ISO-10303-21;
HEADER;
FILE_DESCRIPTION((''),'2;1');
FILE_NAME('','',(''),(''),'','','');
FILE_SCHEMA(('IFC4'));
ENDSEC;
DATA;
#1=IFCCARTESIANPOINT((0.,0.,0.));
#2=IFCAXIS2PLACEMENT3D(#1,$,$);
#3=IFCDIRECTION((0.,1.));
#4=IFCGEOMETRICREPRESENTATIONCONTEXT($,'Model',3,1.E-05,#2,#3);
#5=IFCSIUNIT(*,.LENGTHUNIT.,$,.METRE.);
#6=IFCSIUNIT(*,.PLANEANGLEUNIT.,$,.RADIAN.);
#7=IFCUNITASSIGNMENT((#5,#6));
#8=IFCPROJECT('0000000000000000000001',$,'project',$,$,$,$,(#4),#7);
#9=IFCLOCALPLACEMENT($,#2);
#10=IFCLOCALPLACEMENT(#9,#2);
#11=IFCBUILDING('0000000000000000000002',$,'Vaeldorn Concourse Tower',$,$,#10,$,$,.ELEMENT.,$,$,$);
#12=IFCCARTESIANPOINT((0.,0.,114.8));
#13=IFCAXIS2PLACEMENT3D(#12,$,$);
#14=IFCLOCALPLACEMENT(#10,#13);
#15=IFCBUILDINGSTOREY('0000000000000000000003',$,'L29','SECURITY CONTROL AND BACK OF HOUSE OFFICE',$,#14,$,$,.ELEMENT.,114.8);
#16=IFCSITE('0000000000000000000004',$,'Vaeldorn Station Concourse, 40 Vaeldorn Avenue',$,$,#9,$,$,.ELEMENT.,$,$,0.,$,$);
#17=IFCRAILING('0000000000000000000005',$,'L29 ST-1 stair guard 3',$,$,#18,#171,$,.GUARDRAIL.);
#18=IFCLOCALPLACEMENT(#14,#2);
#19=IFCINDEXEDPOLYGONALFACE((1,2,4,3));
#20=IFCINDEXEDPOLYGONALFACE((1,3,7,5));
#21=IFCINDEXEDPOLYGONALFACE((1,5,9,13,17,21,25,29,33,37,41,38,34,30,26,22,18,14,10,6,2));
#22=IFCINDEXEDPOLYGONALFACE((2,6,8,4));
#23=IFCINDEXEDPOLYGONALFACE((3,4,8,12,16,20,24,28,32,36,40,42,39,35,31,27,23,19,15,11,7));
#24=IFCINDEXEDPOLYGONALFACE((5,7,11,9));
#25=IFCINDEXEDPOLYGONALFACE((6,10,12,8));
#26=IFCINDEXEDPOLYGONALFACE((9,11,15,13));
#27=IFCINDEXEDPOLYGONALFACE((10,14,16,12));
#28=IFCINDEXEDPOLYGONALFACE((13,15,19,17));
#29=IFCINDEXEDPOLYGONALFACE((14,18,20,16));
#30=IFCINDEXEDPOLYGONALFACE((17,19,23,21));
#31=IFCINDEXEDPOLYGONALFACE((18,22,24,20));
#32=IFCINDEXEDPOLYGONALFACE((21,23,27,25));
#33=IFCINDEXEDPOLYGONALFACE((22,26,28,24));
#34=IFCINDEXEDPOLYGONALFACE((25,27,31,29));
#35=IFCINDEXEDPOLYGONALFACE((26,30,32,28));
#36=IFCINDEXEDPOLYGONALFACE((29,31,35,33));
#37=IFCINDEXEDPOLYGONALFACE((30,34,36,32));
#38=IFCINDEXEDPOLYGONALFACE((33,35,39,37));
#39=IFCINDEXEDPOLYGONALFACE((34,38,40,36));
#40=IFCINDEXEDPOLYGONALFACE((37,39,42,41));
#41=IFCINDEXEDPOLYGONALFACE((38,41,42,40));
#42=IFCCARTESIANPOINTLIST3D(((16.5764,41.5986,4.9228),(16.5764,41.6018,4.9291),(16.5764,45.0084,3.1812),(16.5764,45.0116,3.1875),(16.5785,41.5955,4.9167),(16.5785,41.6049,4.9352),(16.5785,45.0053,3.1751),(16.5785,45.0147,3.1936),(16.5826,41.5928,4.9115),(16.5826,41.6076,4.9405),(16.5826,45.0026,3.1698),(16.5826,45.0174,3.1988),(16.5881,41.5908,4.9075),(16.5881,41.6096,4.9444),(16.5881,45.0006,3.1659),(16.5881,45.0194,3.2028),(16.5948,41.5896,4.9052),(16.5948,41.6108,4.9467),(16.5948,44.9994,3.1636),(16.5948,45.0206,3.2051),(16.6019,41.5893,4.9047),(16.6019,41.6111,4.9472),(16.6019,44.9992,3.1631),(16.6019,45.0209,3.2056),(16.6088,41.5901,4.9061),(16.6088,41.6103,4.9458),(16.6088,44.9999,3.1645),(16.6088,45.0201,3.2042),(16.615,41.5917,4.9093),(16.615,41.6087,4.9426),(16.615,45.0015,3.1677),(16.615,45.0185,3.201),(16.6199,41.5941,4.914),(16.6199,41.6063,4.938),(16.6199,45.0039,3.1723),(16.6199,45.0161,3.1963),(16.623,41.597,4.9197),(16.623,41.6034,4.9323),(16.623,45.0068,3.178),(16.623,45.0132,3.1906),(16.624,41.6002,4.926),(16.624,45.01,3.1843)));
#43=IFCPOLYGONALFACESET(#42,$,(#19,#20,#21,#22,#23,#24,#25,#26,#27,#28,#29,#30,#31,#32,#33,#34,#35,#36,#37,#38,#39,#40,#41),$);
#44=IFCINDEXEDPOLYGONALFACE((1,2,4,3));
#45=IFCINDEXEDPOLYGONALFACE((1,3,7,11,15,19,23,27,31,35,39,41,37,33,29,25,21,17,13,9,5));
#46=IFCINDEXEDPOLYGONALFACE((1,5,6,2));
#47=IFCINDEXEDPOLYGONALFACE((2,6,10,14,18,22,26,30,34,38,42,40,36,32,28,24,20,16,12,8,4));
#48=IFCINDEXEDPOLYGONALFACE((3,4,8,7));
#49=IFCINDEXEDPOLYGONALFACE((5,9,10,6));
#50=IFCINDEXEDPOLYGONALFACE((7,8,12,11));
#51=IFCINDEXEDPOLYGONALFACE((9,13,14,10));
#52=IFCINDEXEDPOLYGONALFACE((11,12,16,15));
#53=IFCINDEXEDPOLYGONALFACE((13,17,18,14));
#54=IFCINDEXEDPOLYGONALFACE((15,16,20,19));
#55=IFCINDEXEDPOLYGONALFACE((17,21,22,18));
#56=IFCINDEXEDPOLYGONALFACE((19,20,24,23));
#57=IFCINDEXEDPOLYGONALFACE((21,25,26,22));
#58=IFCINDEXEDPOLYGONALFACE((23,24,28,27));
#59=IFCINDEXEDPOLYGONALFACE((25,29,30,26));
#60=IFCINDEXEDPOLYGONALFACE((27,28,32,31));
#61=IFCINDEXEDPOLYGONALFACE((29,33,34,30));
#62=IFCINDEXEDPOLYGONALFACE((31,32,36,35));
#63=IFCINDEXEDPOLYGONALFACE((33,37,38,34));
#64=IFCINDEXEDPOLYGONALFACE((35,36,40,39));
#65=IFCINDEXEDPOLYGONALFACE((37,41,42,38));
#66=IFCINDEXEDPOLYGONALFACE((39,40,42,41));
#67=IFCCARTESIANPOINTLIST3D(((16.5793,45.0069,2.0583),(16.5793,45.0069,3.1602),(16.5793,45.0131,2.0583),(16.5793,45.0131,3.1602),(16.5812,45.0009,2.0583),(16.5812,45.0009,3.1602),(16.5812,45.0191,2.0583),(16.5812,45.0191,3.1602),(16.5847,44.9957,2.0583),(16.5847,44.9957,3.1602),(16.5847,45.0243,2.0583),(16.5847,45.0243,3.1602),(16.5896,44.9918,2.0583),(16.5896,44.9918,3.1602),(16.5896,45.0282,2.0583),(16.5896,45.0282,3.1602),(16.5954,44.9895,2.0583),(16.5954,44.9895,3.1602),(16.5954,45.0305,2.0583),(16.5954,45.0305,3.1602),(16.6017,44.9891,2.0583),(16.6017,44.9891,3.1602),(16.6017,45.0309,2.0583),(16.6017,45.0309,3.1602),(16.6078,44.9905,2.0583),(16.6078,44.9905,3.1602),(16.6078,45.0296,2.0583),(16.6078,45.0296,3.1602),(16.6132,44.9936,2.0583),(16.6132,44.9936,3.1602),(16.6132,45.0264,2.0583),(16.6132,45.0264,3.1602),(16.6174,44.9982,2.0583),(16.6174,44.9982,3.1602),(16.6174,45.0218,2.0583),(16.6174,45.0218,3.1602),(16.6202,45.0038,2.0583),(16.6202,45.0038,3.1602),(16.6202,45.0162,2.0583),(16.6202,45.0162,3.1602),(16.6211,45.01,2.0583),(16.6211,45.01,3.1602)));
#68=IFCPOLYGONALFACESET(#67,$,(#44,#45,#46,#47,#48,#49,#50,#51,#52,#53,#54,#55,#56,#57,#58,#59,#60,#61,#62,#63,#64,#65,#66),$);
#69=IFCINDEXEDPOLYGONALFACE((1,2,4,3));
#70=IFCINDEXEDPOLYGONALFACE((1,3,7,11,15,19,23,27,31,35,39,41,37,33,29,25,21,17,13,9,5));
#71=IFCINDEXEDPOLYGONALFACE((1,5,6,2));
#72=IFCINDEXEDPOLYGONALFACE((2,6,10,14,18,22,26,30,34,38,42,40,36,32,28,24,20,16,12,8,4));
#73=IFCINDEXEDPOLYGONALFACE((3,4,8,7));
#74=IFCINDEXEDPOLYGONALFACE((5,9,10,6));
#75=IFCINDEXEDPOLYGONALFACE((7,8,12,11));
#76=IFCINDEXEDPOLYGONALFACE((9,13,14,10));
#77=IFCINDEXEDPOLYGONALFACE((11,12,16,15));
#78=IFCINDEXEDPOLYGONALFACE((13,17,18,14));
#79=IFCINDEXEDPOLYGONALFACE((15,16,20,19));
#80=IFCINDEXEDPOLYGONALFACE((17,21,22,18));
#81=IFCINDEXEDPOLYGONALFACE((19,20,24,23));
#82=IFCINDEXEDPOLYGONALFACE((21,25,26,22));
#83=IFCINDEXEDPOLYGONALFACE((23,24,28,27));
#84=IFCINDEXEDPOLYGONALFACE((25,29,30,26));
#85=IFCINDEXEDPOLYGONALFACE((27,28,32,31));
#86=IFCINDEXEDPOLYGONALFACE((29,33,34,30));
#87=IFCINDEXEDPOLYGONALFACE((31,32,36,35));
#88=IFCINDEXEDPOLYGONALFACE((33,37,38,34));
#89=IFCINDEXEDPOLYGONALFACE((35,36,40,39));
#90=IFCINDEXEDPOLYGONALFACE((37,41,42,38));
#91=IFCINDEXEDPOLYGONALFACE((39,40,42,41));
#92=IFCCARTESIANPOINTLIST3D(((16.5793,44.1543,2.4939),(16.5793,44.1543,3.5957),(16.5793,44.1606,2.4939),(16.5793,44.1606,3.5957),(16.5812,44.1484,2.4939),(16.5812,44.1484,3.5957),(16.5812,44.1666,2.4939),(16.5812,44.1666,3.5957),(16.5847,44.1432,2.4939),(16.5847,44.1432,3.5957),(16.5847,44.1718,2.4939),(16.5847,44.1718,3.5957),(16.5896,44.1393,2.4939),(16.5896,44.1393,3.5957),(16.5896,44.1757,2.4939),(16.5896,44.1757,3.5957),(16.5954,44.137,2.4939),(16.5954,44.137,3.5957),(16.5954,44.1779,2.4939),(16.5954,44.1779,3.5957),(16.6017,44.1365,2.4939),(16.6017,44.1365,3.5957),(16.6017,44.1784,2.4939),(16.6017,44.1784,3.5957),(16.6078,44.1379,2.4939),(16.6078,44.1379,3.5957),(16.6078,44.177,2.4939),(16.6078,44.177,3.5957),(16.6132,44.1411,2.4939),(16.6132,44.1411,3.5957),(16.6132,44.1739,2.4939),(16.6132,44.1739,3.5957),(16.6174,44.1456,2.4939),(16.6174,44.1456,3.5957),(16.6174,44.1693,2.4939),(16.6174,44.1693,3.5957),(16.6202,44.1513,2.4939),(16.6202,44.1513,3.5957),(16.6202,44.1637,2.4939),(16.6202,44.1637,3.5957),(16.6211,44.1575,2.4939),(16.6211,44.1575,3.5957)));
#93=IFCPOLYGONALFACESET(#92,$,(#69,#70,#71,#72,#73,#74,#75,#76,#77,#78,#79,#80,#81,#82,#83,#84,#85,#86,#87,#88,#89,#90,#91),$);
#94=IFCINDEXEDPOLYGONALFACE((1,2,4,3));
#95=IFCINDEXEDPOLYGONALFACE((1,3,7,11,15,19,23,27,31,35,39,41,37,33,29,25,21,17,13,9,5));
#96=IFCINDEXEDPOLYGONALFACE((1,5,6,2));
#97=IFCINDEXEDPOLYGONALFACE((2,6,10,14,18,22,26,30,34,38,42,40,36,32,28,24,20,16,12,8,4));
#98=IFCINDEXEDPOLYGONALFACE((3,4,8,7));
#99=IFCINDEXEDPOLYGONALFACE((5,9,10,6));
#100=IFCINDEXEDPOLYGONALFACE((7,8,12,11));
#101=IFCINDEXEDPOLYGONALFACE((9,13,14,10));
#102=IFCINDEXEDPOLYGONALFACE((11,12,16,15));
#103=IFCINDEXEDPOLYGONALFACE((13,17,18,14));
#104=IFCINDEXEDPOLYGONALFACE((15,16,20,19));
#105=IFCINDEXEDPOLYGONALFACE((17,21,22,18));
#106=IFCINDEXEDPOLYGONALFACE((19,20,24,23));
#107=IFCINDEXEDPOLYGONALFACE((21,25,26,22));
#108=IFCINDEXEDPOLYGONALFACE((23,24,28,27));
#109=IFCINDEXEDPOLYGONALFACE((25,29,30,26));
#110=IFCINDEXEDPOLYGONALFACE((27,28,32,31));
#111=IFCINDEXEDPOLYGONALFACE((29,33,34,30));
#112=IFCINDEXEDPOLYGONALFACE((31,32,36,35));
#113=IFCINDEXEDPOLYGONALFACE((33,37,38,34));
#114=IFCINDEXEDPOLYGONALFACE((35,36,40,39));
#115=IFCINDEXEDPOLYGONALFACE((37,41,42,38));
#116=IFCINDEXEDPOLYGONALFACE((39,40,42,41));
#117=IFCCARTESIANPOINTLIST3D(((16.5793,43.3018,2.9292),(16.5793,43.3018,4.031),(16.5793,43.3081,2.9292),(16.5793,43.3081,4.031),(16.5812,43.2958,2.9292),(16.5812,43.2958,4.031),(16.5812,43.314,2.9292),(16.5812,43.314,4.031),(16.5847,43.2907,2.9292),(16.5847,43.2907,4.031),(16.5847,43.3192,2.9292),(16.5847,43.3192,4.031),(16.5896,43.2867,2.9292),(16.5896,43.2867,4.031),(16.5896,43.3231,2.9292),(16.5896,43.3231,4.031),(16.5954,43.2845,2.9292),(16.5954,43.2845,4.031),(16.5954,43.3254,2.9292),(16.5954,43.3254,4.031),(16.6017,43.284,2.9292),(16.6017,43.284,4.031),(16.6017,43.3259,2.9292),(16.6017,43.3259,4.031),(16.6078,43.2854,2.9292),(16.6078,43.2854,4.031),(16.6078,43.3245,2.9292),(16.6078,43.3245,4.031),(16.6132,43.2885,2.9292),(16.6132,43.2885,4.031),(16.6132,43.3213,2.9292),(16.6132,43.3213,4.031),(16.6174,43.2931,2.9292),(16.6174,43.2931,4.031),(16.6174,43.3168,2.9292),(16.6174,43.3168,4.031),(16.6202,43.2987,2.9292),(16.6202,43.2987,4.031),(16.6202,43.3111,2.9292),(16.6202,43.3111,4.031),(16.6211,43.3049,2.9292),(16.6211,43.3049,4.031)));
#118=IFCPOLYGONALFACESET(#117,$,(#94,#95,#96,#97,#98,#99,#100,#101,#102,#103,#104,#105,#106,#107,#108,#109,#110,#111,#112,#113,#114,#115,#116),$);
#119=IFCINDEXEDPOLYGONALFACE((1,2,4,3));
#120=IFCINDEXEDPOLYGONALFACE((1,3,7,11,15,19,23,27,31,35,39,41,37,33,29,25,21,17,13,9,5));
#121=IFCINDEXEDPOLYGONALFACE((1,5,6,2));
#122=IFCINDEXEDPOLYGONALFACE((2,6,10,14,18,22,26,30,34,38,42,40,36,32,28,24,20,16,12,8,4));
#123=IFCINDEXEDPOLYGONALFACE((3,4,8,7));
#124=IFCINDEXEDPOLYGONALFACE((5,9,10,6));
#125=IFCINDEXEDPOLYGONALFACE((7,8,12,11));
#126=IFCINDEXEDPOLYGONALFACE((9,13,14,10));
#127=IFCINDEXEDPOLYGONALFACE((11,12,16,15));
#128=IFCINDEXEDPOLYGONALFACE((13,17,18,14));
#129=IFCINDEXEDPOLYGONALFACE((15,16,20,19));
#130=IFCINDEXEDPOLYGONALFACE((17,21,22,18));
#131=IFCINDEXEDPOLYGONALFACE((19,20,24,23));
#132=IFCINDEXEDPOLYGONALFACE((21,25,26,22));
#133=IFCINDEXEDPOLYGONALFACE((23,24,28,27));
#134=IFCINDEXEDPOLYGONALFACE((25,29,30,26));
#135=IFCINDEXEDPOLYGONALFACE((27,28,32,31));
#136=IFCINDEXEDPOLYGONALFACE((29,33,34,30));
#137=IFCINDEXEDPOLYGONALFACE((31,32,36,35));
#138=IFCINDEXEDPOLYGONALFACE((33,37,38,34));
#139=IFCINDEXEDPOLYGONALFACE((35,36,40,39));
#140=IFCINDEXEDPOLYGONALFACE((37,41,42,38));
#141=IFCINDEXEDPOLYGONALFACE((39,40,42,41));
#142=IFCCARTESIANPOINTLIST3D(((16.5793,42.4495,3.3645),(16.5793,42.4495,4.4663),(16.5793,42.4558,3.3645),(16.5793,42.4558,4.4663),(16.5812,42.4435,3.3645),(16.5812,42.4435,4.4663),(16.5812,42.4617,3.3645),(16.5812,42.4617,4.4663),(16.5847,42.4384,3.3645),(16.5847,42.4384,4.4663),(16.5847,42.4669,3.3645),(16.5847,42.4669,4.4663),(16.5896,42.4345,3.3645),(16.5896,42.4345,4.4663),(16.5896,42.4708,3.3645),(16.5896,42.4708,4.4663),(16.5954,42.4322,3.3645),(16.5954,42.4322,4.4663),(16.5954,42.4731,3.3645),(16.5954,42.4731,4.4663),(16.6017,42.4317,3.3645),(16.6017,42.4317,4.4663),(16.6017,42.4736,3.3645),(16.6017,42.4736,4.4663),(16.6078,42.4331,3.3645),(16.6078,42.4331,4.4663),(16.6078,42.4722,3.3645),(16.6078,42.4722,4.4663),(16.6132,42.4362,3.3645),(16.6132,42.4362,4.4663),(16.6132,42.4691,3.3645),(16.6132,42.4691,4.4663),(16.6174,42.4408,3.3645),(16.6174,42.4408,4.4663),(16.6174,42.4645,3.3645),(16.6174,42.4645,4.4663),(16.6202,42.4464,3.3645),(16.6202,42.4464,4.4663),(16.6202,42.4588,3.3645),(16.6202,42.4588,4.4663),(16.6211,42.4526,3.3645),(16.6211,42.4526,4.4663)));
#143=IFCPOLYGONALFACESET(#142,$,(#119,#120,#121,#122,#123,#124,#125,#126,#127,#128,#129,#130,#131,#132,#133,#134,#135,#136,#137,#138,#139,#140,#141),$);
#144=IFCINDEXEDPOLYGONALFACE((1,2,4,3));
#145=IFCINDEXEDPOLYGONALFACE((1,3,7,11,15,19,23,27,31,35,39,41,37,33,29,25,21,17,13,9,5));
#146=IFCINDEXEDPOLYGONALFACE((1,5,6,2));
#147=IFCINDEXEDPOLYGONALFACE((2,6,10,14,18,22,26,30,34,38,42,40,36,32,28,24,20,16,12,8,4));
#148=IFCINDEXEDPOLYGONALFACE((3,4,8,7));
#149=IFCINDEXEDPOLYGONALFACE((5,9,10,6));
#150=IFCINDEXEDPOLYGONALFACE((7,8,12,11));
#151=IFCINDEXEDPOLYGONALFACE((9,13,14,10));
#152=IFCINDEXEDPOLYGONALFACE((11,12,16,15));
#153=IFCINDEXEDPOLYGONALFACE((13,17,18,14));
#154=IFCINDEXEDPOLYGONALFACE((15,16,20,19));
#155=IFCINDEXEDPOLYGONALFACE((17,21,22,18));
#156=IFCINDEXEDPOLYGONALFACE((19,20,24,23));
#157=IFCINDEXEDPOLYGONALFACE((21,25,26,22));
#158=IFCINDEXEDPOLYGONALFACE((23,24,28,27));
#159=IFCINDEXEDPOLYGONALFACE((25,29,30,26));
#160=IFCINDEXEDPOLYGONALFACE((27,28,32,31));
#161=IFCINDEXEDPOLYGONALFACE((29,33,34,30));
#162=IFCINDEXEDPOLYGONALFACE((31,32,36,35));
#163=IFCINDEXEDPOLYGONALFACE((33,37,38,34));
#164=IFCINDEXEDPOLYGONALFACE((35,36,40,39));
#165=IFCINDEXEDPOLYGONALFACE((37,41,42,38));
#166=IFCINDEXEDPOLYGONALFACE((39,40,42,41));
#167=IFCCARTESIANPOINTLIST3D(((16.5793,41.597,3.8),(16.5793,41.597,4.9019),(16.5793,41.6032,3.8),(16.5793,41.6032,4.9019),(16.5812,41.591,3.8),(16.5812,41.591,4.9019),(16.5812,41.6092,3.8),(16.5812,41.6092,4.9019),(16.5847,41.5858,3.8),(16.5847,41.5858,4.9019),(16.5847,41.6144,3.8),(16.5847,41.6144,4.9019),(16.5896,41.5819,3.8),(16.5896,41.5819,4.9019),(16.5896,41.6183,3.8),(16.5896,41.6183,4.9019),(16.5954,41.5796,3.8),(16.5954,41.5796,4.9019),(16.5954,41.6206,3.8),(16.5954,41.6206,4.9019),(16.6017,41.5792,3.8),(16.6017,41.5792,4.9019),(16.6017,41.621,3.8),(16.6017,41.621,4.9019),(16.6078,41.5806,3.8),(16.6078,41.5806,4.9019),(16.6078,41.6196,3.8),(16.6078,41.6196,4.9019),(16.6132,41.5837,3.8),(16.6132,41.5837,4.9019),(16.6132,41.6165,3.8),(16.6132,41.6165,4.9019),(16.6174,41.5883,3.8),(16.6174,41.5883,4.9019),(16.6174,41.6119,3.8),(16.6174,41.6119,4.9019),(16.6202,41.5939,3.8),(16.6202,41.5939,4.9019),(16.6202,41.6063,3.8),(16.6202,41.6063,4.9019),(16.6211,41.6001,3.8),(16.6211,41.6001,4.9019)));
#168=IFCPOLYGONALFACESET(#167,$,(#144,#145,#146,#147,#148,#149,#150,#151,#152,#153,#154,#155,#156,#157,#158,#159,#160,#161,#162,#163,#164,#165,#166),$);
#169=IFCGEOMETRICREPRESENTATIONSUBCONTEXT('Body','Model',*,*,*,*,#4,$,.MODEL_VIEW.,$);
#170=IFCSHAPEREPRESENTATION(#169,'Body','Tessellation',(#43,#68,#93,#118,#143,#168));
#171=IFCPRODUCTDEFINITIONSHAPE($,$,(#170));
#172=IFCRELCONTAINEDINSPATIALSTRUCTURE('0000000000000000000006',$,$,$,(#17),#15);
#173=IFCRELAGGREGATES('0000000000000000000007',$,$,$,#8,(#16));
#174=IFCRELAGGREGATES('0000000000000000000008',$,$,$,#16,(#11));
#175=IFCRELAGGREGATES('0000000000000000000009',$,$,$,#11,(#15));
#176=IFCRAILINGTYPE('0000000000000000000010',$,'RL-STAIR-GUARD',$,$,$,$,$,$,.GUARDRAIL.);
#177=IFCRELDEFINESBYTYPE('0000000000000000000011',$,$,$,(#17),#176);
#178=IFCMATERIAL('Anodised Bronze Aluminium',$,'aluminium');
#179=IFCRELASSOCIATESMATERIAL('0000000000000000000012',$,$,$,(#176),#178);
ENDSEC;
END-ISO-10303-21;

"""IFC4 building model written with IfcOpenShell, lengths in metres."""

from ifc_helpers import new_model, si_unit, direction, frame, origin, origin_2d, place, context, subcontext, project, spatial, circle, extrude, material, type_object, element, save


model = new_model("IFC4")

# Units and contexts
model_context = context("Model", 3, precision=1e-05, world=origin(), true_north=direction((0.0, 1.0)))
body_context = subcontext(model_context, "Body", "Model", "MODEL_VIEW")
ifc_project = project(units=[si_unit("LENGTHUNIT", "METRE"), si_unit("PLANEANGLEUNIT", "RADIAN")], contexts=[model_context])

# Site, building, storey
site_placement = place(None, origin())
site = spatial("IfcSite", under=ifc_project, at=site_placement, Name="Vaeldorn Station Concourse, 40 Vaeldorn Avenue", CompositionType="ELEMENT", RefElevation=0.0)
building_placement = place(site_placement, origin())
building = spatial("IfcBuilding", under=site, at=building_placement, Name="Vaeldorn Concourse Tower", CompositionType="ELEMENT")
storey_placement = place(building_placement, frame((0.0, 0.0, 114.8)))
storey = spatial("IfcBuildingStorey", under=building, at=storey_placement, Name="L29", Description="SECURITY CONTROL AND BACK OF HOUSE OFFICE", CompositionType="ELEMENT", Elevation=114.8)

# Shared definitions
ifc_material_1 = material(Name="Anodised Bronze Aluminium", Category="aluminium")

# Railing
railing_type_1 = type_object("IfcRailingType", Name="RL-STAIR-GUARD", PredefinedType="GUARDRAIL", material=ifc_material_1)
railing_1_placement = place(storey_placement, frame((16.6001, 45.01, 2.0583)))
element("IfcRailing", 1, at=railing_1_placement, inside=storey, type_object=railing_type_1, Name="L29 ST-1 stair guard 3", PredefinedType="GUARDRAIL", context=body_context, shape_type="SweptSolid", body=[
    extrude(circle(Radius=0.0239, at=origin_2d()), frame((0.0, 0.0, 1.126), z_axis=(0.0, -0.890556, 0.454874), x_axis=(1.0, 0.0, 0.0)), (0.0, 0.0, 1.0), 3.8289),
    extrude(circle(Radius=0.021, at=origin_2d()), origin(), (0.0, 0.0, 1.0), 1.1018),
    extrude(circle(Radius=0.021, at=origin_2d()), frame((0.0, -0.8525, 0.4355)), (0.0, 0.0, 1.0), 1.1018),
    extrude(circle(Radius=0.021, at=origin_2d()), frame((0.0, -1.7051, 0.8708)), (0.0, 0.0, 1.0), 1.1018),
    extrude(circle(Radius=0.021, at=origin_2d()), frame((0.0, -2.5574, 1.3062)), (0.0, 0.0, 1.0), 1.1018),
    extrude(circle(Radius=0.021, at=origin_2d()), frame((0.0, -3.4099, 1.7417)), (0.0, 0.0, 1.0), 1.1018),
])

save(model, "model.ifc")
